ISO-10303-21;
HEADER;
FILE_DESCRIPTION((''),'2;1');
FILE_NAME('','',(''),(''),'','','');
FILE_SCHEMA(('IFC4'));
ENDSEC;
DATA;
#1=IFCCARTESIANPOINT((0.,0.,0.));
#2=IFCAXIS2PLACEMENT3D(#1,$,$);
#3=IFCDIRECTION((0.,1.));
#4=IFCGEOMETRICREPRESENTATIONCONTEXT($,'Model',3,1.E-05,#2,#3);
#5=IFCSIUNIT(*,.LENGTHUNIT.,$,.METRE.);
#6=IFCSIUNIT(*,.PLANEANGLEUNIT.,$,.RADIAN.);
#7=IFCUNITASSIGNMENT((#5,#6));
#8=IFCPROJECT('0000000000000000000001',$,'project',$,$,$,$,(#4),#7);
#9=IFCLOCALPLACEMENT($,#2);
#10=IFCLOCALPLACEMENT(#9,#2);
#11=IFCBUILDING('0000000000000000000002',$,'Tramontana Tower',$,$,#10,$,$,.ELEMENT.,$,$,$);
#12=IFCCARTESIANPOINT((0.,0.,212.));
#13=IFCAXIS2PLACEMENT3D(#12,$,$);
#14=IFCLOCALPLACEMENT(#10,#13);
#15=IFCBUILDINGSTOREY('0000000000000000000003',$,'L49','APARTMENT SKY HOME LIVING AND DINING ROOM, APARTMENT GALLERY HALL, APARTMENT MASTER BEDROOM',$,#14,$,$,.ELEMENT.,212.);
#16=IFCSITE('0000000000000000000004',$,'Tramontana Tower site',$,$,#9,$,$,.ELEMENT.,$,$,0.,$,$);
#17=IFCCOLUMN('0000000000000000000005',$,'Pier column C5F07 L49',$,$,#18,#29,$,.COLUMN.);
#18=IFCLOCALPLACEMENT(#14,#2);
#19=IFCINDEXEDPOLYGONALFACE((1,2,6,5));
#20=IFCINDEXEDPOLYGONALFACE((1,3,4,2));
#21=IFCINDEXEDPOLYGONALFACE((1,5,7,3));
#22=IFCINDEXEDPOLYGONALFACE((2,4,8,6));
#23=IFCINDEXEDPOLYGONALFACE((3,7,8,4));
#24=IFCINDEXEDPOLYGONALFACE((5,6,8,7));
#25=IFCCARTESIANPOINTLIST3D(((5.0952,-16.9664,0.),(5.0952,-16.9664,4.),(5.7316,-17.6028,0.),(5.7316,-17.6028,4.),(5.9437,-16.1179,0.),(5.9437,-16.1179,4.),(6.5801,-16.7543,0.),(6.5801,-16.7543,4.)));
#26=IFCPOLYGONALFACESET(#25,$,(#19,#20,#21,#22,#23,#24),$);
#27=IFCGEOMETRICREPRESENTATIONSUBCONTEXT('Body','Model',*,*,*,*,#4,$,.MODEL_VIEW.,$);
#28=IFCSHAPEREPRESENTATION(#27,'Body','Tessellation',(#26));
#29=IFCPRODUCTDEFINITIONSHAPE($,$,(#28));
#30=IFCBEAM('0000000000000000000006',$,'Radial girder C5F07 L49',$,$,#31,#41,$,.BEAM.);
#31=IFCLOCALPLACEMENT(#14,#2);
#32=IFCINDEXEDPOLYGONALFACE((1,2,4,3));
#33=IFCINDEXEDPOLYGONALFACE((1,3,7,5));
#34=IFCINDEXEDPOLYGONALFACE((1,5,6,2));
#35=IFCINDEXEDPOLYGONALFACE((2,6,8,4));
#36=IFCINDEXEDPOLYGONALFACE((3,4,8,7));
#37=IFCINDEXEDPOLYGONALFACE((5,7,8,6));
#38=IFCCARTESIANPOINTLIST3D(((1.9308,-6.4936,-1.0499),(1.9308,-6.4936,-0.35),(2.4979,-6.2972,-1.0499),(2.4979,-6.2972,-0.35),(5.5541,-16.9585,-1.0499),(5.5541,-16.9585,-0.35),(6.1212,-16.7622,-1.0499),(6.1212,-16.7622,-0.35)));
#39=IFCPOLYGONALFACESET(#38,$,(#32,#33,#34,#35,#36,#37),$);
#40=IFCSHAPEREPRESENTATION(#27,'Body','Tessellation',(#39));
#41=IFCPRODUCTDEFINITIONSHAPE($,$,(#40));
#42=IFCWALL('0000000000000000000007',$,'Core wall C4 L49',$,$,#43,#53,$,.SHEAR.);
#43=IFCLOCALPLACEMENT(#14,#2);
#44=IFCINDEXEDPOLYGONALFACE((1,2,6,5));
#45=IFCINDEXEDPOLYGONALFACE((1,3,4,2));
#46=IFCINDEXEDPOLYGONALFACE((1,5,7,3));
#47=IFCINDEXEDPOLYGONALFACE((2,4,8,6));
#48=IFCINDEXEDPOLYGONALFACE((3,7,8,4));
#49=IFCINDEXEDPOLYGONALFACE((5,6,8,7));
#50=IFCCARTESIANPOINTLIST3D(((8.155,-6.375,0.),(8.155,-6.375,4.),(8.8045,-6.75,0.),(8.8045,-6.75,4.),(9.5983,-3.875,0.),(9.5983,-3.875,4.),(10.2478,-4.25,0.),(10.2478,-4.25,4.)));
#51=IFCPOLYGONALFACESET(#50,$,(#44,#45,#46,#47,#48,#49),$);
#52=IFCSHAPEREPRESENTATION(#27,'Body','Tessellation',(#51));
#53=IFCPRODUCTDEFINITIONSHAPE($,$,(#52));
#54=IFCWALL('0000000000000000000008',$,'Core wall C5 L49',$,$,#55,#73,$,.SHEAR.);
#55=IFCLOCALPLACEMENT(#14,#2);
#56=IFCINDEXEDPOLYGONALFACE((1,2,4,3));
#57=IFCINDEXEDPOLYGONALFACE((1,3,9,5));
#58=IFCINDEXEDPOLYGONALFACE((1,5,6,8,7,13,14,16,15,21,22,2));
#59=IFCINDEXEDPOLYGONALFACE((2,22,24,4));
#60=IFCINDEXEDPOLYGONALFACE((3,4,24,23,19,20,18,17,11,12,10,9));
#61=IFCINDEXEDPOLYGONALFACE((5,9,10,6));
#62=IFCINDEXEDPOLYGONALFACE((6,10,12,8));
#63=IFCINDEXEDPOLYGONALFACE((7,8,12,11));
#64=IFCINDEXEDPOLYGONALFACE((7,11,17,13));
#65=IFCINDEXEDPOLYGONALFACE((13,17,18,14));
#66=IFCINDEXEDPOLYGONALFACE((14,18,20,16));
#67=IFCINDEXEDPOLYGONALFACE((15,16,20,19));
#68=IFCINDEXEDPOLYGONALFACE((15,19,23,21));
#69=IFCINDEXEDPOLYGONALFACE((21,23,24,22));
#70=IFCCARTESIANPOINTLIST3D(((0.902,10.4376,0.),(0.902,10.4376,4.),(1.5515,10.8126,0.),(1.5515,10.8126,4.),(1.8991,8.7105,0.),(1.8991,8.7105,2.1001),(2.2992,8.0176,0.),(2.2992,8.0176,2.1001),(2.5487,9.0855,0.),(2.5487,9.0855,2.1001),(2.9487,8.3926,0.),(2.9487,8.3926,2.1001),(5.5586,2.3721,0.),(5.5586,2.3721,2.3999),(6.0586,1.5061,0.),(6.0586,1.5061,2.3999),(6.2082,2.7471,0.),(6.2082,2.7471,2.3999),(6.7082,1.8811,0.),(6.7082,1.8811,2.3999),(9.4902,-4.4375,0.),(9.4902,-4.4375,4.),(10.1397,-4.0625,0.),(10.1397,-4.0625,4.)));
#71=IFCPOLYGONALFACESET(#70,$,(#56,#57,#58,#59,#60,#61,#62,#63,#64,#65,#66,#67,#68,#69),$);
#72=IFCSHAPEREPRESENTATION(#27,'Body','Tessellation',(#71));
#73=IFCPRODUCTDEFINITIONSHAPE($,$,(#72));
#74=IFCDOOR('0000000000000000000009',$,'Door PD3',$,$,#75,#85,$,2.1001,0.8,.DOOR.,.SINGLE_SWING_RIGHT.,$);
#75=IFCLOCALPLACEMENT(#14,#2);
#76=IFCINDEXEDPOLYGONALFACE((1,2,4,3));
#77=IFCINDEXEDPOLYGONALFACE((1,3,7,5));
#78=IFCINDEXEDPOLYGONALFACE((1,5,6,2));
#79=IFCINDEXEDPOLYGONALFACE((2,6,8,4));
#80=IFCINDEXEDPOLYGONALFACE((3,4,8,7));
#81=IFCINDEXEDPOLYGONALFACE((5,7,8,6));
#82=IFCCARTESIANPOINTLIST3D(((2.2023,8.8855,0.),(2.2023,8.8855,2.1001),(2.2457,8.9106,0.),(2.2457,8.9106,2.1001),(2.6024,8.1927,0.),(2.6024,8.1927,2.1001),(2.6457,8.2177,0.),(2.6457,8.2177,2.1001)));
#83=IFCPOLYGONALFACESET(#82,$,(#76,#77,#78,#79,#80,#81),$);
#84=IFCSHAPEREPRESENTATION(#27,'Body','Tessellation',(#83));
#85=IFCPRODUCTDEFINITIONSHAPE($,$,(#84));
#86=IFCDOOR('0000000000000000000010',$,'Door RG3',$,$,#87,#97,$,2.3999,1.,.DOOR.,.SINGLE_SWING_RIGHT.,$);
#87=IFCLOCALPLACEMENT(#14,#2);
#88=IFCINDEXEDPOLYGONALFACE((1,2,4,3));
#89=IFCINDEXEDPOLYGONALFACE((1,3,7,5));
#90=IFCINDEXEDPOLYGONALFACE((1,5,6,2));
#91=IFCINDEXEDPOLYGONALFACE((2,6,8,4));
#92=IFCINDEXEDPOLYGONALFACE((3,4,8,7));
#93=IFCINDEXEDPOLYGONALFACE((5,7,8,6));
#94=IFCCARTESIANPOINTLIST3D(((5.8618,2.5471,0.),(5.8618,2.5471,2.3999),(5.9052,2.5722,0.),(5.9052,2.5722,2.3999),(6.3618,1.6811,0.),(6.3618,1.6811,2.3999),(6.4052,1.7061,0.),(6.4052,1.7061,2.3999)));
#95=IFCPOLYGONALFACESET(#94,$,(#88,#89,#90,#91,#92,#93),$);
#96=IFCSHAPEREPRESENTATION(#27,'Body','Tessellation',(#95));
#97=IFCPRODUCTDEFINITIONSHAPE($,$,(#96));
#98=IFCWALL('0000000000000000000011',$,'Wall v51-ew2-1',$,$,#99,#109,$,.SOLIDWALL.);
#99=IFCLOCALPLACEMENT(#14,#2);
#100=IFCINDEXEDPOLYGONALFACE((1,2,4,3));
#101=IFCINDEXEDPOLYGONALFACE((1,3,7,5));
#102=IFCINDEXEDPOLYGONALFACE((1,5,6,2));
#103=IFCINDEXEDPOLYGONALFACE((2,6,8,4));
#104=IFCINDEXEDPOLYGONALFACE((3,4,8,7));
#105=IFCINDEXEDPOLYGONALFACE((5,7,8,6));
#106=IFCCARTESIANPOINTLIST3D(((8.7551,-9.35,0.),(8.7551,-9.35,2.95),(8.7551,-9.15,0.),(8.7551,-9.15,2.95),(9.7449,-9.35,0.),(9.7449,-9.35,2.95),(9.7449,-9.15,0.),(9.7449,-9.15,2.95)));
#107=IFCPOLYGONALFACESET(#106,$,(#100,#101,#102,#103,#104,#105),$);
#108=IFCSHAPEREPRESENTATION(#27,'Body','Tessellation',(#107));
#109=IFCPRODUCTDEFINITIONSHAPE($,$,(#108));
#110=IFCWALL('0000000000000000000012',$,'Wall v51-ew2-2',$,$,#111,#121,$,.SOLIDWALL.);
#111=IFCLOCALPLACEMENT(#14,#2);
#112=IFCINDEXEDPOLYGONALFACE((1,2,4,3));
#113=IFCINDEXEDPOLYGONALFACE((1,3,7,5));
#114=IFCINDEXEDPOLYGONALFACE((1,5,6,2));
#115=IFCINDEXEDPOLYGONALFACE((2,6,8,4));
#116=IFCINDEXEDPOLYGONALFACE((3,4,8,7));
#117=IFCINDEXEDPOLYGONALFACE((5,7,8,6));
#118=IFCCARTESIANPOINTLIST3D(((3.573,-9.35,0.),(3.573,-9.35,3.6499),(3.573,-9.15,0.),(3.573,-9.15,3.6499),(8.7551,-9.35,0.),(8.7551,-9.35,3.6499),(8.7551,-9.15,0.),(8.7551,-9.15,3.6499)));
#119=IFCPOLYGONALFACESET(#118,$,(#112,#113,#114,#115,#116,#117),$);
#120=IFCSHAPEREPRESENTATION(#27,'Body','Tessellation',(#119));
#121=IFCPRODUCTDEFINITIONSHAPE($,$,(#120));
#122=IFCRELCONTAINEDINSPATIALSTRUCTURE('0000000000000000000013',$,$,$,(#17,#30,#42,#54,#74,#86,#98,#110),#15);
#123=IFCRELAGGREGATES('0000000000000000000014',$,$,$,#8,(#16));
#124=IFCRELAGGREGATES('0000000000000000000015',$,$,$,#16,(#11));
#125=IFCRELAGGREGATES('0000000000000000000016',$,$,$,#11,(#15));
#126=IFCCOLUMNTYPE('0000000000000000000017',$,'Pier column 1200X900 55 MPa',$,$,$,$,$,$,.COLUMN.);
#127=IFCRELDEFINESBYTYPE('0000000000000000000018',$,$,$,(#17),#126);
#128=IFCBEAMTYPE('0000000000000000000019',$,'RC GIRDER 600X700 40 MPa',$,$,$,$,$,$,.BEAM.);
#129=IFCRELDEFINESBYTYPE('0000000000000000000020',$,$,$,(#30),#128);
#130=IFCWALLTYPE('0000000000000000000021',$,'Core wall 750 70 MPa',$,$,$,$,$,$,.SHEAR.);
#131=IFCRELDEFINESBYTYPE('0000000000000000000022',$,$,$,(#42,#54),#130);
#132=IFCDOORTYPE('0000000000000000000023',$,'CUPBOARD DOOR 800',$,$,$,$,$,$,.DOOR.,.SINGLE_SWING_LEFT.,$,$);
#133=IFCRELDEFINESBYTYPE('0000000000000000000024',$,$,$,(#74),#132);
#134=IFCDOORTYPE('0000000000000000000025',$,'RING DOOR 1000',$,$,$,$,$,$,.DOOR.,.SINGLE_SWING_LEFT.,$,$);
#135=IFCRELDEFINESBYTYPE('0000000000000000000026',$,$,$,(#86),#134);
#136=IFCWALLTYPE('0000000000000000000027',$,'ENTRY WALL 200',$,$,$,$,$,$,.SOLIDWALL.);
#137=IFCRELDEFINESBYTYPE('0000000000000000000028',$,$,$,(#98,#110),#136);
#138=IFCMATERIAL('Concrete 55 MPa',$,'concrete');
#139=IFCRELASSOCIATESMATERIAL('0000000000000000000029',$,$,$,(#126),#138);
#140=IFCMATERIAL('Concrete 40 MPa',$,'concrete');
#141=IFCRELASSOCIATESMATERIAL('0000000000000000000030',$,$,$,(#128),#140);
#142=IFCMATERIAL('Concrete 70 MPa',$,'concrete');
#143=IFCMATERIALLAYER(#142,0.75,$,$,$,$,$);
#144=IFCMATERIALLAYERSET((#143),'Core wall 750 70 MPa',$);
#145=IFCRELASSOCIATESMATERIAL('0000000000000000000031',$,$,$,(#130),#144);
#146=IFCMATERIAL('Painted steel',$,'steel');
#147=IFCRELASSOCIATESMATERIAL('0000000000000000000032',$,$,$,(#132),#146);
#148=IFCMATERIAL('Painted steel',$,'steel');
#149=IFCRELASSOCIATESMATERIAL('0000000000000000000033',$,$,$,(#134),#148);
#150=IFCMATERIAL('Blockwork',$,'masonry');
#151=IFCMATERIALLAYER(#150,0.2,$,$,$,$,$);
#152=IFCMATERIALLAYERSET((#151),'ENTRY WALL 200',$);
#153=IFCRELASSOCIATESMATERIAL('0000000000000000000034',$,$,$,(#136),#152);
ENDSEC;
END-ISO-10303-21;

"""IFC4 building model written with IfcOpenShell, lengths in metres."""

from ifc_helpers import new_model, si_unit, direction, frame, frame_2d, origin, origin_2d, place, context, subcontext, project, spatial, rectangle, extrude, material, layer, layer_set, material_profile, profile_set, type_object, element, fill, save


model = new_model("IFC4")

# Units and contexts
model_context = context("Model", 3, precision=1e-05, world=origin(), true_north=direction((0.0, 1.0)))
body_context = subcontext(model_context, "Body", "Model", "MODEL_VIEW")
ifc_project = project(units=[si_unit("LENGTHUNIT", "METRE"), si_unit("PLANEANGLEUNIT", "RADIAN")], contexts=[model_context])

# Site, building, storey
site_placement = place(None, origin())
site = spatial("IfcSite", under=ifc_project, at=site_placement, Name="Tramontana Tower site", CompositionType="ELEMENT", RefElevation=0.0)
building_placement = place(site_placement, origin())
building = spatial("IfcBuilding", under=site, at=building_placement, Name="Tramontana Tower", CompositionType="ELEMENT")
storey_placement = place(building_placement, frame((0.0, 0.0, 212.0)))
storey = spatial("IfcBuildingStorey", under=building, at=storey_placement, Name="L49", Description="APARTMENT SKY HOME LIVING AND DINING ROOM, APARTMENT GALLERY HALL, APARTMENT MASTER BEDROOM", CompositionType="ELEMENT", Elevation=212.0)

# Column
ifc_material_1 = material(Name="Concrete 55 MPa", Category="concrete")
ifc_material_profile_1 = material_profile(ifc_material_1, rectangle(XDim=1.2, YDim=0.8999, at=origin_2d()), Name="Pier column 1200X900 55 MPa")
ifc_profile_set_1 = profile_set([ifc_material_profile_1], Name="Concrete 55 MPa")
column_type = type_object("IfcColumnType", Name="Pier column 1200X900 55 MPa", PredefinedType="COLUMN", material=ifc_profile_set_1)
column_placement = place(storey_placement, frame((5.8376, -16.8604, 0.0), z_axis=(0.0, 0.0, 1.0), x_axis=(0.707107, 0.707107, 0.0)))
element("IfcColumn", 1, at=column_placement, inside=storey, type_object=column_type, Name="Pier column C5F07 L49", PredefinedType="COLUMN", context=body_context, shape_type="SweptSolid", body=[
    extrude(rectangle(XDim=1.2, YDim=0.8999, at=origin_2d()), origin(), (0.0, 0.0, 1.0), 4.0),
])

# Beam
ifc_material_2 = material(Name="Concrete 40 MPa", Category="concrete")
ifc_material_profile_2 = material_profile(ifc_material_2, rectangle(XDim=0.6001, YDim=0.7, at=origin_2d()), Name="RC GIRDER 600X700 40 MPa")
ifc_profile_set_2 = profile_set([ifc_material_profile_2], Name="Concrete 40 MPa")
beam_type = type_object("IfcBeamType", Name="RC GIRDER 600X700 40 MPa", PredefinedType="BEAM", material=ifc_profile_set_2)
beam_placement = place(storey_placement, frame((5.8376, -16.8604, -0.7), z_axis=(-0.327179, 0.944962, 0.0), x_axis=(-0.944962, -0.327179, 0.0)))
element("IfcBeam", 2, at=beam_placement, inside=storey, type_object=beam_type, Name="Radial girder C5F07 L49", PredefinedType="BEAM", context=body_context, shape_type="SweptSolid", body=[
    extrude(rectangle(XDim=0.6001, YDim=0.7, at=origin_2d()), origin(), (0.0, 0.0, 1.0), 11.0745),
])

# Wall
ifc_material_3 = material(Name="Concrete 70 MPa", Category="concrete")
ifc_layer_1 = layer(ifc_material_3, 0.75)
ifc_layer_set_1 = layer_set([ifc_layer_1], Name="Core wall 750 70 MPa")
wall_type_1 = type_object("IfcWallType", Name="Core wall 750 70 MPa", PredefinedType="SHEAR", material=ifc_layer_set_1)
wall_1_placement = place(storey_placement, frame((8.4797, -6.5625, 0.0), z_axis=(0.0, 0.0, 1.0), x_axis=(0.499996, 0.866028, 0.0)))
element("IfcWall", 3, at=wall_1_placement, inside=storey, type_object=wall_type_1, Name="Core wall C4 L49", PredefinedType="SHEAR", context=body_context, shape_type="SweptSolid", body=[
    extrude(rectangle(XDim=2.8867, YDim=0.75, at=frame_2d((1.4434, 0.0))), origin(), (0.0, 0.0, 1.0), 4.0),
])

# Wall, openings, doors
wall_2_placement = place(storey_placement, frame((9.8149, -4.25, 0.0), z_axis=(0.0, 0.0, 1.0), x_axis=(-0.500002, 0.866024, 0.0)))
wall_2 = element("IfcWall", 4, at=wall_2_placement, inside=storey, type_object=wall_type_1, Name="Core wall C5 L49", PredefinedType="SHEAR", context=body_context, shape_type="SweptSolid", body=[
    extrude(rectangle(XDim=17.1763, YDim=0.75, at=frame_2d((8.5881, 0.0))), origin(), (0.0, 0.0, 1.0), 4.0),
])
opening_1_placement = place(wall_2_placement, frame((6.863, 0.0, 0.0)))
opening_1 = element("IfcOpeningElement", 5, at=opening_1_placement, cuts=wall_2, PredefinedType="OPENING", context=body_context, shape_type="SweptSolid", body=[
    extrude(rectangle(XDim=1.0, YDim=2.3999, at=frame_2d((0.5, 1.2))), frame((0.0, 0.385, 0.0), z_axis=(0.0, -1.0, 0.0), x_axis=(1.0, 0.0, 0.0)), (0.0, 0.0, 1.0), 0.77),
])
opening_2_placement = place(wall_2_placement, frame((14.3821, 0.0, 0.0)))
opening_2 = element("IfcOpeningElement", 6, at=opening_2_placement, cuts=wall_2, PredefinedType="OPENING", context=body_context, shape_type="SweptSolid", body=[
    extrude(rectangle(XDim=0.8, YDim=2.1001, at=frame_2d((0.3999, 1.05))), frame((0.0, 0.385, 0.0), z_axis=(0.0, -1.0, 0.0), x_axis=(1.0, 0.0, 0.0)), (0.0, 0.0, 1.0), 0.77),
])
ifc_material_4 = material(Name="Painted steel", Category="steel")
door_type_1 = type_object("IfcDoorType", Name="CUPBOARD DOOR 800", OperationType="SINGLE_SWING_LEFT", PredefinedType="DOOR", material=ifc_material_4)
door_1_placement = place(opening_2_placement, origin())
door_1 = element("IfcDoor", 7, at=door_1_placement, inside=storey, type_object=door_type_1, Name="Door PD3", OperationType="SINGLE_SWING_RIGHT", OverallHeight=2.1001, OverallWidth=0.8, PredefinedType="DOOR", context=body_context, shape_type="SweptSolid", body=[
    extrude(rectangle(XDim=0.8, YDim=2.1001, at=frame_2d((0.3999, 1.05))), frame((0.0, 0.0249, 0.0), z_axis=(0.0, -1.0, 0.0), x_axis=(1.0, 0.0, 0.0)), (0.0, 0.0, 1.0), 0.05),
])
fill(opening_2, door_1)
ifc_material_5 = material(Name="Painted steel", Category="steel")
door_type_2 = type_object("IfcDoorType", Name="RING DOOR 1000", OperationType="SINGLE_SWING_LEFT", PredefinedType="DOOR", material=ifc_material_5)
door_2_placement = place(opening_1_placement, origin())
door_2 = element("IfcDoor", 8, at=door_2_placement, inside=storey, type_object=door_type_2, Name="Door RG3", OperationType="SINGLE_SWING_RIGHT", OverallHeight=2.3999, OverallWidth=1.0, PredefinedType="DOOR", context=body_context, shape_type="SweptSolid", body=[
    extrude(rectangle(XDim=1.0, YDim=2.3999, at=frame_2d((0.5, 1.2))), frame((0.0, 0.0249, 0.0), z_axis=(0.0, -1.0, 0.0), x_axis=(1.0, 0.0, 0.0)), (0.0, 0.0, 1.0), 0.05),
])
fill(opening_1, door_2)

# Walls
ifc_material_6 = material(Name="Blockwork", Category="masonry")
ifc_layer_2 = layer(ifc_material_6, 0.2)
ifc_layer_set_2 = layer_set([ifc_layer_2], Name="ENTRY WALL 200")
wall_type_2 = type_object("IfcWallType", Name="ENTRY WALL 200", PredefinedType="SOLIDWALL", material=ifc_layer_set_2)
wall_3_placement = place(storey_placement, frame((9.7449, -9.25, 0.0), z_axis=(0.0, 0.0, 1.0), x_axis=(-1.0, 0.0, 0.0)))
element("IfcWall", 9, at=wall_3_placement, inside=storey, type_object=wall_type_2, Name="Wall v51-ew2-1", PredefinedType="SOLIDWALL", context=body_context, shape_type="SweptSolid", body=[
    extrude(rectangle(XDim=0.9897, YDim=0.2, at=frame_2d((0.4949, 0.0))), origin(), (0.0, 0.0, 1.0), 2.95),
])
wall_4_placement = place(storey_placement, frame((8.7551, -9.25, 0.0), z_axis=(0.0, 0.0, 1.0), x_axis=(-1.0, 0.0, 0.0)))
element("IfcWall", 10, at=wall_4_placement, inside=storey, type_object=wall_type_2, Name="Wall v51-ew2-2", PredefinedType="SOLIDWALL", context=body_context, shape_type="SweptSolid", body=[
    extrude(rectangle(XDim=5.1821, YDim=0.2, at=frame_2d((2.5911, 0.0))), origin(), (0.0, 0.0, 1.0), 3.6499),
])

save(model, "model.ifc")
